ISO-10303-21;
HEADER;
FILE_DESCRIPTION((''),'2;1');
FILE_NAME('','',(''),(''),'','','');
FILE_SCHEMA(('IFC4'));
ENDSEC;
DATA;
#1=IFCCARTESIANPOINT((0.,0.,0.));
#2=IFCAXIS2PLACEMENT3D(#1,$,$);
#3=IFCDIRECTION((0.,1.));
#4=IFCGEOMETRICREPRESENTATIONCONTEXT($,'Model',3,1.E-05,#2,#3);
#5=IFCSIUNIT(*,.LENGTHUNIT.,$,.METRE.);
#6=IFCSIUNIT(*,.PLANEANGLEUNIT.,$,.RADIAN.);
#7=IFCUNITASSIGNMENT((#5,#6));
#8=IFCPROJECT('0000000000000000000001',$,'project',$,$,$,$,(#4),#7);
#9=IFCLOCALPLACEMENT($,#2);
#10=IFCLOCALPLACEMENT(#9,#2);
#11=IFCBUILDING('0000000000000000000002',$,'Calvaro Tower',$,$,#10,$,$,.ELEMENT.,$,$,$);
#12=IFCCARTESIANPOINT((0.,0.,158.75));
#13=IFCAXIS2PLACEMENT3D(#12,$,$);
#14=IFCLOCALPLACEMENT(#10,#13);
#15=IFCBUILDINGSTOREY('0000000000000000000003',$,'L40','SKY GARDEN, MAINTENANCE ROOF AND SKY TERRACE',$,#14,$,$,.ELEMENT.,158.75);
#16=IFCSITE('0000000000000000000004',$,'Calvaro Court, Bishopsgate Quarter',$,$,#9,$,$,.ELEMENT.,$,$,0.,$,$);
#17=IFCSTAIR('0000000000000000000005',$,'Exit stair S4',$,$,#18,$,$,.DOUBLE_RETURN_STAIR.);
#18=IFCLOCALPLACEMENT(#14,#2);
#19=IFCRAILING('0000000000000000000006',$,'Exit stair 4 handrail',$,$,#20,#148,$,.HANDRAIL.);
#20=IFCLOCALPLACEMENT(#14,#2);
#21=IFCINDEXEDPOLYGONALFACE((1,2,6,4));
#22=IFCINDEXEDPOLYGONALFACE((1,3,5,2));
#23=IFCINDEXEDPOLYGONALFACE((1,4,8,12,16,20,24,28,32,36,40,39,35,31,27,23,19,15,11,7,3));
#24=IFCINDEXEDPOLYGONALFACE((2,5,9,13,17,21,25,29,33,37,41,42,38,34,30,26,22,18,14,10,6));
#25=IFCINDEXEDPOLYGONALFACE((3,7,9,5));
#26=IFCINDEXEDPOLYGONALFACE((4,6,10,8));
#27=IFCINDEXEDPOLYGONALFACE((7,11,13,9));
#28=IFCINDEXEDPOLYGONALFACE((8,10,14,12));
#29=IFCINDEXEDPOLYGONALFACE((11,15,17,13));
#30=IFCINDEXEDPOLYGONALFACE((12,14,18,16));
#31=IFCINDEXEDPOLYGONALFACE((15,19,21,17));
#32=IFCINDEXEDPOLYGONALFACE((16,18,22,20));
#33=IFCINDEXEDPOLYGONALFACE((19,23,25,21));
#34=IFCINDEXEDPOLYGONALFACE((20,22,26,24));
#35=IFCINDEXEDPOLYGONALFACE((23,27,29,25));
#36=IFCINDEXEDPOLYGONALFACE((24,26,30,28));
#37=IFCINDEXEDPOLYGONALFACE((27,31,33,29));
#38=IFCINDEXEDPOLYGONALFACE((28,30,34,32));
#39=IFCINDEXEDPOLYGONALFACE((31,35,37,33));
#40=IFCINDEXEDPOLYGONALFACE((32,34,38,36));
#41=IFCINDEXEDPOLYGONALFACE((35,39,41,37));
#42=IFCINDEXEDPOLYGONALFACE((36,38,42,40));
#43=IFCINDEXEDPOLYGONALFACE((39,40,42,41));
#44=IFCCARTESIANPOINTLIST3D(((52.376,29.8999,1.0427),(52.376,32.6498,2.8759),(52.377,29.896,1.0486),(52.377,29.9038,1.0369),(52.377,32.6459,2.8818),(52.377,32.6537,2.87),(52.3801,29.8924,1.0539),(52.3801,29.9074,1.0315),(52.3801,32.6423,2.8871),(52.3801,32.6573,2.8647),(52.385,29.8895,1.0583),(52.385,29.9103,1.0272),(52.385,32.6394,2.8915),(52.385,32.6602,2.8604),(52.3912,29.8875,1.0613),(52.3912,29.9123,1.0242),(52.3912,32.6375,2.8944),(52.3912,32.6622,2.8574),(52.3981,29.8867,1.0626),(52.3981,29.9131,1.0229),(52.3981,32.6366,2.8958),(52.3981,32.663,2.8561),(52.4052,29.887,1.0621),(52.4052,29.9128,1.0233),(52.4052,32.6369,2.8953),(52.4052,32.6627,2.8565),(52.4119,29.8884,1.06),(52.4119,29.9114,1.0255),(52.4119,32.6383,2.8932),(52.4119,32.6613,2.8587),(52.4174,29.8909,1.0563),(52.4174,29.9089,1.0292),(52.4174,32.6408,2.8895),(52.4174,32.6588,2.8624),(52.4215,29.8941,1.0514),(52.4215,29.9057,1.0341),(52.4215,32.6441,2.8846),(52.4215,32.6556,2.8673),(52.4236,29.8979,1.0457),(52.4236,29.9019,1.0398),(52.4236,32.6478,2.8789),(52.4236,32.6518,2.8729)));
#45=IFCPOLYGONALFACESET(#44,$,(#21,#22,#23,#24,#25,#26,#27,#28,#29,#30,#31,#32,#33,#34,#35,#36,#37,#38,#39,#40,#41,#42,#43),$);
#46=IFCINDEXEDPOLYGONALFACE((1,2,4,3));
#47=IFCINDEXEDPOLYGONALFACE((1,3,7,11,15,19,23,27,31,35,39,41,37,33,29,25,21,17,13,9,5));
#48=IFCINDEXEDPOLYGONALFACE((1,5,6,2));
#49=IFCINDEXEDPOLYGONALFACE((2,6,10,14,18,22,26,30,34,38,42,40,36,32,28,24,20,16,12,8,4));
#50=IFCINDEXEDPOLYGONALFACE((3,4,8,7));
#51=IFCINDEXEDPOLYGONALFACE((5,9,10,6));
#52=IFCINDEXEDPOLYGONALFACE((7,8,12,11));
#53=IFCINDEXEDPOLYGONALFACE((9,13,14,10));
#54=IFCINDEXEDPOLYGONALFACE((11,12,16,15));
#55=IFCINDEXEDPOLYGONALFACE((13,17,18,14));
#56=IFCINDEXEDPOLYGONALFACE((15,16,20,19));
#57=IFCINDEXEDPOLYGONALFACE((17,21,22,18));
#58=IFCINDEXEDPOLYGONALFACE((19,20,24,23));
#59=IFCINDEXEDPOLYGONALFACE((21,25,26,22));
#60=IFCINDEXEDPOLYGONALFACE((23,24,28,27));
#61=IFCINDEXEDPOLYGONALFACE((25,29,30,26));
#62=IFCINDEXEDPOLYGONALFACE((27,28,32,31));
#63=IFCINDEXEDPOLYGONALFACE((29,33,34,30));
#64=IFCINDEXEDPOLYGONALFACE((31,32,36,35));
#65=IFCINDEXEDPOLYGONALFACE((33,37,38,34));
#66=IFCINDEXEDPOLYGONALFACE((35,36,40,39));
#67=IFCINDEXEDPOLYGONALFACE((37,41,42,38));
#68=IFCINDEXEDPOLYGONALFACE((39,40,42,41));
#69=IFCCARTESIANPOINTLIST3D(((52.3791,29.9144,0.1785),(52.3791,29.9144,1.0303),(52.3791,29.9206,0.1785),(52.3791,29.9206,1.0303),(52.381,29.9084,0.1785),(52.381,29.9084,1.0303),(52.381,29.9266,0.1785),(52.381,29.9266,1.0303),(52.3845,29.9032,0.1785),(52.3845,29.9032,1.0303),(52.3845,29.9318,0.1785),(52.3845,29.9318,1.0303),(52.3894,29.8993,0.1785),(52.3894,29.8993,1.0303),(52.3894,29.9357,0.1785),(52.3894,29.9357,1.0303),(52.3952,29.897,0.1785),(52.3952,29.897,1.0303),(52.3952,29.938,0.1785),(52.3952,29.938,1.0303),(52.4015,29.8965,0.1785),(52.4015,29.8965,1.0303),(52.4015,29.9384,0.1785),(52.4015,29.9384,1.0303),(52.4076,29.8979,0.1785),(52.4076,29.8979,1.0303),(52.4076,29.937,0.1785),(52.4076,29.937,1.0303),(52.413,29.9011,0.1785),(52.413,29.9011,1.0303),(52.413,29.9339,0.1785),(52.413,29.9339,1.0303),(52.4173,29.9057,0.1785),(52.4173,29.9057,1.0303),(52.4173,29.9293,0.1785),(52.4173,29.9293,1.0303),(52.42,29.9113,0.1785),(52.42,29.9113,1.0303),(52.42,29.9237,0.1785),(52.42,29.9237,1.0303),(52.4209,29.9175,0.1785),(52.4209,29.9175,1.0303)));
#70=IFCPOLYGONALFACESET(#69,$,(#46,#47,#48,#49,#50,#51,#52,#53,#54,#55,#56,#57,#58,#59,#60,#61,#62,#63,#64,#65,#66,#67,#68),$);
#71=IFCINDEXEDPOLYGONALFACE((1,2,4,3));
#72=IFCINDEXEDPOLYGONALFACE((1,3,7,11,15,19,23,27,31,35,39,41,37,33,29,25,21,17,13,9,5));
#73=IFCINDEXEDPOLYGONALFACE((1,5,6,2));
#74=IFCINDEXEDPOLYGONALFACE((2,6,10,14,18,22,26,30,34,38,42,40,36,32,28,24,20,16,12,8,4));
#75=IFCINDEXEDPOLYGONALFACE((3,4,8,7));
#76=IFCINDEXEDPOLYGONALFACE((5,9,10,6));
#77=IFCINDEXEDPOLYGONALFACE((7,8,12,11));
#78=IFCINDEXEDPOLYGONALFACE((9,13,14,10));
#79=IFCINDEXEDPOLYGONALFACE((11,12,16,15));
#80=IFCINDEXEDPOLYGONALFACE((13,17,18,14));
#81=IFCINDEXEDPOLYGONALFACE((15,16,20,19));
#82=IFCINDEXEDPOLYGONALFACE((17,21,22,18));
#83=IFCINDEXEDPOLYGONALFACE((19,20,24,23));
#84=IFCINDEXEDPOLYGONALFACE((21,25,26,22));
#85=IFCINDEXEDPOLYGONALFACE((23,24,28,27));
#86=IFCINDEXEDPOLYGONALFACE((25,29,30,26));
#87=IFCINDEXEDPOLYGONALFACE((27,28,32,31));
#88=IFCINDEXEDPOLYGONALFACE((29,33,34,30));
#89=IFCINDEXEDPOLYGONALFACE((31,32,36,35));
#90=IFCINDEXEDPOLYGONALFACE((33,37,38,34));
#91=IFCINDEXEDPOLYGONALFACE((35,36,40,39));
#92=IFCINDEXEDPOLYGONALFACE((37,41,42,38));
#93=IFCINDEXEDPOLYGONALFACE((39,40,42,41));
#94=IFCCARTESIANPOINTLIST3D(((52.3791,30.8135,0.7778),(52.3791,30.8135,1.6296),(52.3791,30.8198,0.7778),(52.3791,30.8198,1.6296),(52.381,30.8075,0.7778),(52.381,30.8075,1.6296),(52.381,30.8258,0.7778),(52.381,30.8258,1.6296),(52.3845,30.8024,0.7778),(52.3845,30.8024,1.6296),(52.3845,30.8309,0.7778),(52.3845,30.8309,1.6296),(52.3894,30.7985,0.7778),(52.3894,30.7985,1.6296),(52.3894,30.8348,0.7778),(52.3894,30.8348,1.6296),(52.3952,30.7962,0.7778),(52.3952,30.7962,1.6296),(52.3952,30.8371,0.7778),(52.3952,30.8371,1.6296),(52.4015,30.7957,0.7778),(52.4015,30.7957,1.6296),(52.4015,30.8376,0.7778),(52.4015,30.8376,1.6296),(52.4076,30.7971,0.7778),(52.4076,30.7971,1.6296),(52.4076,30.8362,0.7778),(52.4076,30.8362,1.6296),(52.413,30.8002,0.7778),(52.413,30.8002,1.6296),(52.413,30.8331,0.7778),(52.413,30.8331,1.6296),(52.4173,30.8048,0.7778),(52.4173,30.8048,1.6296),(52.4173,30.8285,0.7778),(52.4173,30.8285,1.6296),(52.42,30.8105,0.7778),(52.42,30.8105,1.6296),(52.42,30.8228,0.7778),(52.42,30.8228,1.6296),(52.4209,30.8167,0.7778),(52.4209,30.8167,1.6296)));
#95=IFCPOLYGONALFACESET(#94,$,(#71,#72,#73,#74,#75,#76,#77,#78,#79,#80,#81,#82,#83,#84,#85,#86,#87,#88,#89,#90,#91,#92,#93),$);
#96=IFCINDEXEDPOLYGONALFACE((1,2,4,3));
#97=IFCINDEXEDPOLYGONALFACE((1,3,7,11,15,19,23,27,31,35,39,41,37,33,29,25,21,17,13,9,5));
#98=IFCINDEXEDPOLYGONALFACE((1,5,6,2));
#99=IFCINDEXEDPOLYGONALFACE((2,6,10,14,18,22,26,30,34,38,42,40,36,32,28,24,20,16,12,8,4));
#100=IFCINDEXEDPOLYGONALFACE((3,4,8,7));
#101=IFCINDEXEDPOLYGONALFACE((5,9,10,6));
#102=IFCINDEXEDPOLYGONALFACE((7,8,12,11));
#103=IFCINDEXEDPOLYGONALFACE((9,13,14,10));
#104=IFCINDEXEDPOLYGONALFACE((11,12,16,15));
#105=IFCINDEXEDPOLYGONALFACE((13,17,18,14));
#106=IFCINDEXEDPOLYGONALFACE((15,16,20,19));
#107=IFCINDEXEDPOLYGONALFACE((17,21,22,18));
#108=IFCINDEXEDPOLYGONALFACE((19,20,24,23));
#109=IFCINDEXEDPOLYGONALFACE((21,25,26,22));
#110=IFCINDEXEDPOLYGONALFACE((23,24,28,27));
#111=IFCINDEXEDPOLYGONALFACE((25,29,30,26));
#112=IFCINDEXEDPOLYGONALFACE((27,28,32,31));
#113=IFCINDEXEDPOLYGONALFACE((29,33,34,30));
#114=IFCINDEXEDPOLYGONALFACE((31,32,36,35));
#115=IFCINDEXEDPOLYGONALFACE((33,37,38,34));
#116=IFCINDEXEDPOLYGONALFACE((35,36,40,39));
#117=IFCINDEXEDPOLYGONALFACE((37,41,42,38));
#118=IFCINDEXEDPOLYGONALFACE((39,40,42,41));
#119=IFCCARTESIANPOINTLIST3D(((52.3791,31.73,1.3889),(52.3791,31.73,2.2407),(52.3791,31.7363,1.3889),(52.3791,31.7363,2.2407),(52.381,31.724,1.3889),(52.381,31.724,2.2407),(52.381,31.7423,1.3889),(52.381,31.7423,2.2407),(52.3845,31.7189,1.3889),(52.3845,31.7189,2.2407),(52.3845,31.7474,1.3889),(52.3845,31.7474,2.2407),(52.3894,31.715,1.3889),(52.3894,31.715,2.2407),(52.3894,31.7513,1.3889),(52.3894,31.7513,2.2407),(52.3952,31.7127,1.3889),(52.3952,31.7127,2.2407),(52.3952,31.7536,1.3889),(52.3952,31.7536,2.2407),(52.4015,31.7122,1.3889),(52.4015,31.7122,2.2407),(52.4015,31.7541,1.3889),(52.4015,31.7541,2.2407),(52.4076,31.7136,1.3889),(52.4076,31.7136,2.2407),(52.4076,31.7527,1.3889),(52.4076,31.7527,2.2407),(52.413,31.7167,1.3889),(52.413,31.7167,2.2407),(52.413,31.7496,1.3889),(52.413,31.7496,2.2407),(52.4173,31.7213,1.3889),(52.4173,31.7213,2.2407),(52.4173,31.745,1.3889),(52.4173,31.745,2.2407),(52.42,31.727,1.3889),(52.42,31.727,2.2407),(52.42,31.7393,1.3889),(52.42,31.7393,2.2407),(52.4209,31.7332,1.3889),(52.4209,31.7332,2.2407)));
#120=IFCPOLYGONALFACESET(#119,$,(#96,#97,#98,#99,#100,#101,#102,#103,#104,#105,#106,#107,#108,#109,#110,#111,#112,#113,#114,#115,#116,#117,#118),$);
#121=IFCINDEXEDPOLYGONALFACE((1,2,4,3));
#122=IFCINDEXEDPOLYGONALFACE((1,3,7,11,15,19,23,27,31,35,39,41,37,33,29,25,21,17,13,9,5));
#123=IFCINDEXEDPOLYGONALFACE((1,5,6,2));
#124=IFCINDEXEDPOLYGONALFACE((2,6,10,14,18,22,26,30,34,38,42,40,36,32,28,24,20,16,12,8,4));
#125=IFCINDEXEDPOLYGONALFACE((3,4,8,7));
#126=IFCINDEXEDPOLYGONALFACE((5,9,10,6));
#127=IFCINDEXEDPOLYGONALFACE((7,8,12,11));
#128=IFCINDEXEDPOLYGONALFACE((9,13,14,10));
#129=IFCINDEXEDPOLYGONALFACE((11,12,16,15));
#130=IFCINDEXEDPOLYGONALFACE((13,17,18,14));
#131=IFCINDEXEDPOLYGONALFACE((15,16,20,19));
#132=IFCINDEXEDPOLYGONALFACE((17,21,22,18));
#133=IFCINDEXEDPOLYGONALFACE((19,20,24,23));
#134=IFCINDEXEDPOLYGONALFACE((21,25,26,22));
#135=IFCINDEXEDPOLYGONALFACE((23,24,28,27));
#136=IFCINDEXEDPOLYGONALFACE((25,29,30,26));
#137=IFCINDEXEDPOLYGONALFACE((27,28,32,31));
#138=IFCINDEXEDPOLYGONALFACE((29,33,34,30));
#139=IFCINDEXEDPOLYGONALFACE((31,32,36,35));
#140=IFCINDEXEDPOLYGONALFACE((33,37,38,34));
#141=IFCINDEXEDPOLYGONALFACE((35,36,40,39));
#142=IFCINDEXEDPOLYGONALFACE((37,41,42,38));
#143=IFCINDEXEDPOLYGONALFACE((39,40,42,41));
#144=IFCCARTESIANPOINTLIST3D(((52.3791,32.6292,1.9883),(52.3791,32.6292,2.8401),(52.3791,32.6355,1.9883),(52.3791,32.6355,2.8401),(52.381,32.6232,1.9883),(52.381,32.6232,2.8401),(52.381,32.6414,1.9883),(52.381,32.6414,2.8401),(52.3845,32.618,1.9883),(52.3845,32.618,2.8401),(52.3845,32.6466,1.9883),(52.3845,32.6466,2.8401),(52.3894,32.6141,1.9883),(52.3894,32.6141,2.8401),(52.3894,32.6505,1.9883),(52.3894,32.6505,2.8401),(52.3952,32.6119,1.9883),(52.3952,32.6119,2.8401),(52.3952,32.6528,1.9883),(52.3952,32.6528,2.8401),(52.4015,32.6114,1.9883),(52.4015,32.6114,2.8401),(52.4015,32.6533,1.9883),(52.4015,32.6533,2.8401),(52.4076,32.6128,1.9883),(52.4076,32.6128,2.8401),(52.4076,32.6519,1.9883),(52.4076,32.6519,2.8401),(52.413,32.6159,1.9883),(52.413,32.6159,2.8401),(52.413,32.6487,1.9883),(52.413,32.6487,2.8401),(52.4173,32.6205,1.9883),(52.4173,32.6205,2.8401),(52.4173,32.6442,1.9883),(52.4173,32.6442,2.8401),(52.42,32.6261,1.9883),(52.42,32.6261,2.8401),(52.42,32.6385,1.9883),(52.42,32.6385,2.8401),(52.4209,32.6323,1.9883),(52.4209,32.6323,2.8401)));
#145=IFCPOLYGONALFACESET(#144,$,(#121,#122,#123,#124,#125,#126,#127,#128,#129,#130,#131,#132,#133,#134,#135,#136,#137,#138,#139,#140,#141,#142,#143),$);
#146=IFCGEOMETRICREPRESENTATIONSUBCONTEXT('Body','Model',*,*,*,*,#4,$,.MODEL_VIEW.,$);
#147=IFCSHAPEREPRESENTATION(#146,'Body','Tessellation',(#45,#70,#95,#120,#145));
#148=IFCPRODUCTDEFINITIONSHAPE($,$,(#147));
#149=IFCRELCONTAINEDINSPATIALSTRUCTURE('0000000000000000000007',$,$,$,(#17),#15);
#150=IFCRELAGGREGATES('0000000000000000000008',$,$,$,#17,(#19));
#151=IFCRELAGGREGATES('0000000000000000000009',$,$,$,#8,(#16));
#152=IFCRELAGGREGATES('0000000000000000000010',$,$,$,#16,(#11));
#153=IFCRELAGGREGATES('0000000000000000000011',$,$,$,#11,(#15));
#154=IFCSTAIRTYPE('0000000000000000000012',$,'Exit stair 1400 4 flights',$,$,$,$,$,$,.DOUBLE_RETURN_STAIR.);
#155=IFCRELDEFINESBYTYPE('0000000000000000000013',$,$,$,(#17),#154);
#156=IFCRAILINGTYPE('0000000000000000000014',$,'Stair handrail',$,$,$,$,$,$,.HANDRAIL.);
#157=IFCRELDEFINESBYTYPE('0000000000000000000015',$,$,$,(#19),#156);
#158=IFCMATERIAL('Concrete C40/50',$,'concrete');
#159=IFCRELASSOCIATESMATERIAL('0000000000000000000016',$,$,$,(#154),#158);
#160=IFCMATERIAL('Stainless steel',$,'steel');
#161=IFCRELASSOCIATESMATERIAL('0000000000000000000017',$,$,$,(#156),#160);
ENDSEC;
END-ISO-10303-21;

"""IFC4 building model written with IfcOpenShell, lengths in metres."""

from ifc_helpers import new_model, si_unit, direction, frame, origin, origin_2d, place, context, subcontext, project, spatial, circle, extrude, material, type_object, element, aggregate, save


model = new_model("IFC4")

# Units and contexts
model_context = context("Model", 3, precision=1e-05, world=origin(), true_north=direction((0.0, 1.0)))
body_context = subcontext(model_context, "Body", "Model", "MODEL_VIEW")
ifc_project = project(units=[si_unit("LENGTHUNIT", "METRE"), si_unit("PLANEANGLEUNIT", "RADIAN")], contexts=[model_context])

# Site, building, storey
site_placement = place(None, origin())
site = spatial("IfcSite", under=ifc_project, at=site_placement, Name="Calvaro Court, Bishopsgate Quarter", CompositionType="ELEMENT", RefElevation=0.0)
building_placement = place(site_placement, origin())
building = spatial("IfcBuilding", under=site, at=building_placement, Name="Calvaro Tower", CompositionType="ELEMENT")
storey_placement = place(building_placement, frame((0.0, 0.0, 158.75)))
storey = spatial("IfcBuildingStorey", under=building, at=storey_placement, Name="L40", Description="SKY GARDEN, MAINTENANCE ROOF AND SKY TERRACE", CompositionType="ELEMENT", Elevation=158.75)

# Stair, railing
ifc_material_1 = material(Name="Concrete C40/50", Category="concrete")
stair_type = type_object("IfcStairType", Name="Exit stair 1400 4 flights", PredefinedType="DOUBLE_RETURN_STAIR", material=ifc_material_1)
stair_placement = place(storey_placement, origin())
stair = element("IfcStair", 1, at=stair_placement, inside=storey, type_object=stair_type, Name="Exit stair S4", PredefinedType="DOUBLE_RETURN_STAIR")
ifc_material_2 = material(Name="Stainless steel", Category="steel")
railing_type = type_object("IfcRailingType", Name="Stair handrail", PredefinedType="HANDRAIL", material=ifc_material_2)
railing_1_placement = place(storey_placement, frame((52.3999, 29.8999, 0.1667)))
railing_1 = element("IfcRailing", 2, at=railing_1_placement, type_object=railing_type, Name="Exit stair 4 handrail", PredefinedType="HANDRAIL", context=body_context, shape_type="SweptSolid", body=[
    extrude(circle(Radius=0.0239, at=origin_2d()), frame((0.0, 0.0, 0.876), z_axis=(0.0, 0.832062, 0.554683), x_axis=(-1.0, 0.0, 0.0)), (0.0, 0.0, 1.0), 3.3049),
    extrude(circle(Radius=0.021, at=origin_2d()), frame((0.0, 0.0176, 0.0117)), (0.0, 0.0, 1.0), 0.8518),
    extrude(circle(Radius=0.021, at=origin_2d()), frame((0.0, 0.9167, 0.6111)), (0.0, 0.0, 1.0), 0.8518),
    extrude(circle(Radius=0.021, at=origin_2d()), frame((0.0, 1.8333, 1.2222)), (0.0, 0.0, 1.0), 0.8518),
    extrude(circle(Radius=0.021, at=origin_2d()), frame((0.0, 2.7324, 1.8215)), (0.0, 0.0, 1.0), 0.8518),
])
aggregate(stair, [railing_1])

save(model, "model.ifc")
